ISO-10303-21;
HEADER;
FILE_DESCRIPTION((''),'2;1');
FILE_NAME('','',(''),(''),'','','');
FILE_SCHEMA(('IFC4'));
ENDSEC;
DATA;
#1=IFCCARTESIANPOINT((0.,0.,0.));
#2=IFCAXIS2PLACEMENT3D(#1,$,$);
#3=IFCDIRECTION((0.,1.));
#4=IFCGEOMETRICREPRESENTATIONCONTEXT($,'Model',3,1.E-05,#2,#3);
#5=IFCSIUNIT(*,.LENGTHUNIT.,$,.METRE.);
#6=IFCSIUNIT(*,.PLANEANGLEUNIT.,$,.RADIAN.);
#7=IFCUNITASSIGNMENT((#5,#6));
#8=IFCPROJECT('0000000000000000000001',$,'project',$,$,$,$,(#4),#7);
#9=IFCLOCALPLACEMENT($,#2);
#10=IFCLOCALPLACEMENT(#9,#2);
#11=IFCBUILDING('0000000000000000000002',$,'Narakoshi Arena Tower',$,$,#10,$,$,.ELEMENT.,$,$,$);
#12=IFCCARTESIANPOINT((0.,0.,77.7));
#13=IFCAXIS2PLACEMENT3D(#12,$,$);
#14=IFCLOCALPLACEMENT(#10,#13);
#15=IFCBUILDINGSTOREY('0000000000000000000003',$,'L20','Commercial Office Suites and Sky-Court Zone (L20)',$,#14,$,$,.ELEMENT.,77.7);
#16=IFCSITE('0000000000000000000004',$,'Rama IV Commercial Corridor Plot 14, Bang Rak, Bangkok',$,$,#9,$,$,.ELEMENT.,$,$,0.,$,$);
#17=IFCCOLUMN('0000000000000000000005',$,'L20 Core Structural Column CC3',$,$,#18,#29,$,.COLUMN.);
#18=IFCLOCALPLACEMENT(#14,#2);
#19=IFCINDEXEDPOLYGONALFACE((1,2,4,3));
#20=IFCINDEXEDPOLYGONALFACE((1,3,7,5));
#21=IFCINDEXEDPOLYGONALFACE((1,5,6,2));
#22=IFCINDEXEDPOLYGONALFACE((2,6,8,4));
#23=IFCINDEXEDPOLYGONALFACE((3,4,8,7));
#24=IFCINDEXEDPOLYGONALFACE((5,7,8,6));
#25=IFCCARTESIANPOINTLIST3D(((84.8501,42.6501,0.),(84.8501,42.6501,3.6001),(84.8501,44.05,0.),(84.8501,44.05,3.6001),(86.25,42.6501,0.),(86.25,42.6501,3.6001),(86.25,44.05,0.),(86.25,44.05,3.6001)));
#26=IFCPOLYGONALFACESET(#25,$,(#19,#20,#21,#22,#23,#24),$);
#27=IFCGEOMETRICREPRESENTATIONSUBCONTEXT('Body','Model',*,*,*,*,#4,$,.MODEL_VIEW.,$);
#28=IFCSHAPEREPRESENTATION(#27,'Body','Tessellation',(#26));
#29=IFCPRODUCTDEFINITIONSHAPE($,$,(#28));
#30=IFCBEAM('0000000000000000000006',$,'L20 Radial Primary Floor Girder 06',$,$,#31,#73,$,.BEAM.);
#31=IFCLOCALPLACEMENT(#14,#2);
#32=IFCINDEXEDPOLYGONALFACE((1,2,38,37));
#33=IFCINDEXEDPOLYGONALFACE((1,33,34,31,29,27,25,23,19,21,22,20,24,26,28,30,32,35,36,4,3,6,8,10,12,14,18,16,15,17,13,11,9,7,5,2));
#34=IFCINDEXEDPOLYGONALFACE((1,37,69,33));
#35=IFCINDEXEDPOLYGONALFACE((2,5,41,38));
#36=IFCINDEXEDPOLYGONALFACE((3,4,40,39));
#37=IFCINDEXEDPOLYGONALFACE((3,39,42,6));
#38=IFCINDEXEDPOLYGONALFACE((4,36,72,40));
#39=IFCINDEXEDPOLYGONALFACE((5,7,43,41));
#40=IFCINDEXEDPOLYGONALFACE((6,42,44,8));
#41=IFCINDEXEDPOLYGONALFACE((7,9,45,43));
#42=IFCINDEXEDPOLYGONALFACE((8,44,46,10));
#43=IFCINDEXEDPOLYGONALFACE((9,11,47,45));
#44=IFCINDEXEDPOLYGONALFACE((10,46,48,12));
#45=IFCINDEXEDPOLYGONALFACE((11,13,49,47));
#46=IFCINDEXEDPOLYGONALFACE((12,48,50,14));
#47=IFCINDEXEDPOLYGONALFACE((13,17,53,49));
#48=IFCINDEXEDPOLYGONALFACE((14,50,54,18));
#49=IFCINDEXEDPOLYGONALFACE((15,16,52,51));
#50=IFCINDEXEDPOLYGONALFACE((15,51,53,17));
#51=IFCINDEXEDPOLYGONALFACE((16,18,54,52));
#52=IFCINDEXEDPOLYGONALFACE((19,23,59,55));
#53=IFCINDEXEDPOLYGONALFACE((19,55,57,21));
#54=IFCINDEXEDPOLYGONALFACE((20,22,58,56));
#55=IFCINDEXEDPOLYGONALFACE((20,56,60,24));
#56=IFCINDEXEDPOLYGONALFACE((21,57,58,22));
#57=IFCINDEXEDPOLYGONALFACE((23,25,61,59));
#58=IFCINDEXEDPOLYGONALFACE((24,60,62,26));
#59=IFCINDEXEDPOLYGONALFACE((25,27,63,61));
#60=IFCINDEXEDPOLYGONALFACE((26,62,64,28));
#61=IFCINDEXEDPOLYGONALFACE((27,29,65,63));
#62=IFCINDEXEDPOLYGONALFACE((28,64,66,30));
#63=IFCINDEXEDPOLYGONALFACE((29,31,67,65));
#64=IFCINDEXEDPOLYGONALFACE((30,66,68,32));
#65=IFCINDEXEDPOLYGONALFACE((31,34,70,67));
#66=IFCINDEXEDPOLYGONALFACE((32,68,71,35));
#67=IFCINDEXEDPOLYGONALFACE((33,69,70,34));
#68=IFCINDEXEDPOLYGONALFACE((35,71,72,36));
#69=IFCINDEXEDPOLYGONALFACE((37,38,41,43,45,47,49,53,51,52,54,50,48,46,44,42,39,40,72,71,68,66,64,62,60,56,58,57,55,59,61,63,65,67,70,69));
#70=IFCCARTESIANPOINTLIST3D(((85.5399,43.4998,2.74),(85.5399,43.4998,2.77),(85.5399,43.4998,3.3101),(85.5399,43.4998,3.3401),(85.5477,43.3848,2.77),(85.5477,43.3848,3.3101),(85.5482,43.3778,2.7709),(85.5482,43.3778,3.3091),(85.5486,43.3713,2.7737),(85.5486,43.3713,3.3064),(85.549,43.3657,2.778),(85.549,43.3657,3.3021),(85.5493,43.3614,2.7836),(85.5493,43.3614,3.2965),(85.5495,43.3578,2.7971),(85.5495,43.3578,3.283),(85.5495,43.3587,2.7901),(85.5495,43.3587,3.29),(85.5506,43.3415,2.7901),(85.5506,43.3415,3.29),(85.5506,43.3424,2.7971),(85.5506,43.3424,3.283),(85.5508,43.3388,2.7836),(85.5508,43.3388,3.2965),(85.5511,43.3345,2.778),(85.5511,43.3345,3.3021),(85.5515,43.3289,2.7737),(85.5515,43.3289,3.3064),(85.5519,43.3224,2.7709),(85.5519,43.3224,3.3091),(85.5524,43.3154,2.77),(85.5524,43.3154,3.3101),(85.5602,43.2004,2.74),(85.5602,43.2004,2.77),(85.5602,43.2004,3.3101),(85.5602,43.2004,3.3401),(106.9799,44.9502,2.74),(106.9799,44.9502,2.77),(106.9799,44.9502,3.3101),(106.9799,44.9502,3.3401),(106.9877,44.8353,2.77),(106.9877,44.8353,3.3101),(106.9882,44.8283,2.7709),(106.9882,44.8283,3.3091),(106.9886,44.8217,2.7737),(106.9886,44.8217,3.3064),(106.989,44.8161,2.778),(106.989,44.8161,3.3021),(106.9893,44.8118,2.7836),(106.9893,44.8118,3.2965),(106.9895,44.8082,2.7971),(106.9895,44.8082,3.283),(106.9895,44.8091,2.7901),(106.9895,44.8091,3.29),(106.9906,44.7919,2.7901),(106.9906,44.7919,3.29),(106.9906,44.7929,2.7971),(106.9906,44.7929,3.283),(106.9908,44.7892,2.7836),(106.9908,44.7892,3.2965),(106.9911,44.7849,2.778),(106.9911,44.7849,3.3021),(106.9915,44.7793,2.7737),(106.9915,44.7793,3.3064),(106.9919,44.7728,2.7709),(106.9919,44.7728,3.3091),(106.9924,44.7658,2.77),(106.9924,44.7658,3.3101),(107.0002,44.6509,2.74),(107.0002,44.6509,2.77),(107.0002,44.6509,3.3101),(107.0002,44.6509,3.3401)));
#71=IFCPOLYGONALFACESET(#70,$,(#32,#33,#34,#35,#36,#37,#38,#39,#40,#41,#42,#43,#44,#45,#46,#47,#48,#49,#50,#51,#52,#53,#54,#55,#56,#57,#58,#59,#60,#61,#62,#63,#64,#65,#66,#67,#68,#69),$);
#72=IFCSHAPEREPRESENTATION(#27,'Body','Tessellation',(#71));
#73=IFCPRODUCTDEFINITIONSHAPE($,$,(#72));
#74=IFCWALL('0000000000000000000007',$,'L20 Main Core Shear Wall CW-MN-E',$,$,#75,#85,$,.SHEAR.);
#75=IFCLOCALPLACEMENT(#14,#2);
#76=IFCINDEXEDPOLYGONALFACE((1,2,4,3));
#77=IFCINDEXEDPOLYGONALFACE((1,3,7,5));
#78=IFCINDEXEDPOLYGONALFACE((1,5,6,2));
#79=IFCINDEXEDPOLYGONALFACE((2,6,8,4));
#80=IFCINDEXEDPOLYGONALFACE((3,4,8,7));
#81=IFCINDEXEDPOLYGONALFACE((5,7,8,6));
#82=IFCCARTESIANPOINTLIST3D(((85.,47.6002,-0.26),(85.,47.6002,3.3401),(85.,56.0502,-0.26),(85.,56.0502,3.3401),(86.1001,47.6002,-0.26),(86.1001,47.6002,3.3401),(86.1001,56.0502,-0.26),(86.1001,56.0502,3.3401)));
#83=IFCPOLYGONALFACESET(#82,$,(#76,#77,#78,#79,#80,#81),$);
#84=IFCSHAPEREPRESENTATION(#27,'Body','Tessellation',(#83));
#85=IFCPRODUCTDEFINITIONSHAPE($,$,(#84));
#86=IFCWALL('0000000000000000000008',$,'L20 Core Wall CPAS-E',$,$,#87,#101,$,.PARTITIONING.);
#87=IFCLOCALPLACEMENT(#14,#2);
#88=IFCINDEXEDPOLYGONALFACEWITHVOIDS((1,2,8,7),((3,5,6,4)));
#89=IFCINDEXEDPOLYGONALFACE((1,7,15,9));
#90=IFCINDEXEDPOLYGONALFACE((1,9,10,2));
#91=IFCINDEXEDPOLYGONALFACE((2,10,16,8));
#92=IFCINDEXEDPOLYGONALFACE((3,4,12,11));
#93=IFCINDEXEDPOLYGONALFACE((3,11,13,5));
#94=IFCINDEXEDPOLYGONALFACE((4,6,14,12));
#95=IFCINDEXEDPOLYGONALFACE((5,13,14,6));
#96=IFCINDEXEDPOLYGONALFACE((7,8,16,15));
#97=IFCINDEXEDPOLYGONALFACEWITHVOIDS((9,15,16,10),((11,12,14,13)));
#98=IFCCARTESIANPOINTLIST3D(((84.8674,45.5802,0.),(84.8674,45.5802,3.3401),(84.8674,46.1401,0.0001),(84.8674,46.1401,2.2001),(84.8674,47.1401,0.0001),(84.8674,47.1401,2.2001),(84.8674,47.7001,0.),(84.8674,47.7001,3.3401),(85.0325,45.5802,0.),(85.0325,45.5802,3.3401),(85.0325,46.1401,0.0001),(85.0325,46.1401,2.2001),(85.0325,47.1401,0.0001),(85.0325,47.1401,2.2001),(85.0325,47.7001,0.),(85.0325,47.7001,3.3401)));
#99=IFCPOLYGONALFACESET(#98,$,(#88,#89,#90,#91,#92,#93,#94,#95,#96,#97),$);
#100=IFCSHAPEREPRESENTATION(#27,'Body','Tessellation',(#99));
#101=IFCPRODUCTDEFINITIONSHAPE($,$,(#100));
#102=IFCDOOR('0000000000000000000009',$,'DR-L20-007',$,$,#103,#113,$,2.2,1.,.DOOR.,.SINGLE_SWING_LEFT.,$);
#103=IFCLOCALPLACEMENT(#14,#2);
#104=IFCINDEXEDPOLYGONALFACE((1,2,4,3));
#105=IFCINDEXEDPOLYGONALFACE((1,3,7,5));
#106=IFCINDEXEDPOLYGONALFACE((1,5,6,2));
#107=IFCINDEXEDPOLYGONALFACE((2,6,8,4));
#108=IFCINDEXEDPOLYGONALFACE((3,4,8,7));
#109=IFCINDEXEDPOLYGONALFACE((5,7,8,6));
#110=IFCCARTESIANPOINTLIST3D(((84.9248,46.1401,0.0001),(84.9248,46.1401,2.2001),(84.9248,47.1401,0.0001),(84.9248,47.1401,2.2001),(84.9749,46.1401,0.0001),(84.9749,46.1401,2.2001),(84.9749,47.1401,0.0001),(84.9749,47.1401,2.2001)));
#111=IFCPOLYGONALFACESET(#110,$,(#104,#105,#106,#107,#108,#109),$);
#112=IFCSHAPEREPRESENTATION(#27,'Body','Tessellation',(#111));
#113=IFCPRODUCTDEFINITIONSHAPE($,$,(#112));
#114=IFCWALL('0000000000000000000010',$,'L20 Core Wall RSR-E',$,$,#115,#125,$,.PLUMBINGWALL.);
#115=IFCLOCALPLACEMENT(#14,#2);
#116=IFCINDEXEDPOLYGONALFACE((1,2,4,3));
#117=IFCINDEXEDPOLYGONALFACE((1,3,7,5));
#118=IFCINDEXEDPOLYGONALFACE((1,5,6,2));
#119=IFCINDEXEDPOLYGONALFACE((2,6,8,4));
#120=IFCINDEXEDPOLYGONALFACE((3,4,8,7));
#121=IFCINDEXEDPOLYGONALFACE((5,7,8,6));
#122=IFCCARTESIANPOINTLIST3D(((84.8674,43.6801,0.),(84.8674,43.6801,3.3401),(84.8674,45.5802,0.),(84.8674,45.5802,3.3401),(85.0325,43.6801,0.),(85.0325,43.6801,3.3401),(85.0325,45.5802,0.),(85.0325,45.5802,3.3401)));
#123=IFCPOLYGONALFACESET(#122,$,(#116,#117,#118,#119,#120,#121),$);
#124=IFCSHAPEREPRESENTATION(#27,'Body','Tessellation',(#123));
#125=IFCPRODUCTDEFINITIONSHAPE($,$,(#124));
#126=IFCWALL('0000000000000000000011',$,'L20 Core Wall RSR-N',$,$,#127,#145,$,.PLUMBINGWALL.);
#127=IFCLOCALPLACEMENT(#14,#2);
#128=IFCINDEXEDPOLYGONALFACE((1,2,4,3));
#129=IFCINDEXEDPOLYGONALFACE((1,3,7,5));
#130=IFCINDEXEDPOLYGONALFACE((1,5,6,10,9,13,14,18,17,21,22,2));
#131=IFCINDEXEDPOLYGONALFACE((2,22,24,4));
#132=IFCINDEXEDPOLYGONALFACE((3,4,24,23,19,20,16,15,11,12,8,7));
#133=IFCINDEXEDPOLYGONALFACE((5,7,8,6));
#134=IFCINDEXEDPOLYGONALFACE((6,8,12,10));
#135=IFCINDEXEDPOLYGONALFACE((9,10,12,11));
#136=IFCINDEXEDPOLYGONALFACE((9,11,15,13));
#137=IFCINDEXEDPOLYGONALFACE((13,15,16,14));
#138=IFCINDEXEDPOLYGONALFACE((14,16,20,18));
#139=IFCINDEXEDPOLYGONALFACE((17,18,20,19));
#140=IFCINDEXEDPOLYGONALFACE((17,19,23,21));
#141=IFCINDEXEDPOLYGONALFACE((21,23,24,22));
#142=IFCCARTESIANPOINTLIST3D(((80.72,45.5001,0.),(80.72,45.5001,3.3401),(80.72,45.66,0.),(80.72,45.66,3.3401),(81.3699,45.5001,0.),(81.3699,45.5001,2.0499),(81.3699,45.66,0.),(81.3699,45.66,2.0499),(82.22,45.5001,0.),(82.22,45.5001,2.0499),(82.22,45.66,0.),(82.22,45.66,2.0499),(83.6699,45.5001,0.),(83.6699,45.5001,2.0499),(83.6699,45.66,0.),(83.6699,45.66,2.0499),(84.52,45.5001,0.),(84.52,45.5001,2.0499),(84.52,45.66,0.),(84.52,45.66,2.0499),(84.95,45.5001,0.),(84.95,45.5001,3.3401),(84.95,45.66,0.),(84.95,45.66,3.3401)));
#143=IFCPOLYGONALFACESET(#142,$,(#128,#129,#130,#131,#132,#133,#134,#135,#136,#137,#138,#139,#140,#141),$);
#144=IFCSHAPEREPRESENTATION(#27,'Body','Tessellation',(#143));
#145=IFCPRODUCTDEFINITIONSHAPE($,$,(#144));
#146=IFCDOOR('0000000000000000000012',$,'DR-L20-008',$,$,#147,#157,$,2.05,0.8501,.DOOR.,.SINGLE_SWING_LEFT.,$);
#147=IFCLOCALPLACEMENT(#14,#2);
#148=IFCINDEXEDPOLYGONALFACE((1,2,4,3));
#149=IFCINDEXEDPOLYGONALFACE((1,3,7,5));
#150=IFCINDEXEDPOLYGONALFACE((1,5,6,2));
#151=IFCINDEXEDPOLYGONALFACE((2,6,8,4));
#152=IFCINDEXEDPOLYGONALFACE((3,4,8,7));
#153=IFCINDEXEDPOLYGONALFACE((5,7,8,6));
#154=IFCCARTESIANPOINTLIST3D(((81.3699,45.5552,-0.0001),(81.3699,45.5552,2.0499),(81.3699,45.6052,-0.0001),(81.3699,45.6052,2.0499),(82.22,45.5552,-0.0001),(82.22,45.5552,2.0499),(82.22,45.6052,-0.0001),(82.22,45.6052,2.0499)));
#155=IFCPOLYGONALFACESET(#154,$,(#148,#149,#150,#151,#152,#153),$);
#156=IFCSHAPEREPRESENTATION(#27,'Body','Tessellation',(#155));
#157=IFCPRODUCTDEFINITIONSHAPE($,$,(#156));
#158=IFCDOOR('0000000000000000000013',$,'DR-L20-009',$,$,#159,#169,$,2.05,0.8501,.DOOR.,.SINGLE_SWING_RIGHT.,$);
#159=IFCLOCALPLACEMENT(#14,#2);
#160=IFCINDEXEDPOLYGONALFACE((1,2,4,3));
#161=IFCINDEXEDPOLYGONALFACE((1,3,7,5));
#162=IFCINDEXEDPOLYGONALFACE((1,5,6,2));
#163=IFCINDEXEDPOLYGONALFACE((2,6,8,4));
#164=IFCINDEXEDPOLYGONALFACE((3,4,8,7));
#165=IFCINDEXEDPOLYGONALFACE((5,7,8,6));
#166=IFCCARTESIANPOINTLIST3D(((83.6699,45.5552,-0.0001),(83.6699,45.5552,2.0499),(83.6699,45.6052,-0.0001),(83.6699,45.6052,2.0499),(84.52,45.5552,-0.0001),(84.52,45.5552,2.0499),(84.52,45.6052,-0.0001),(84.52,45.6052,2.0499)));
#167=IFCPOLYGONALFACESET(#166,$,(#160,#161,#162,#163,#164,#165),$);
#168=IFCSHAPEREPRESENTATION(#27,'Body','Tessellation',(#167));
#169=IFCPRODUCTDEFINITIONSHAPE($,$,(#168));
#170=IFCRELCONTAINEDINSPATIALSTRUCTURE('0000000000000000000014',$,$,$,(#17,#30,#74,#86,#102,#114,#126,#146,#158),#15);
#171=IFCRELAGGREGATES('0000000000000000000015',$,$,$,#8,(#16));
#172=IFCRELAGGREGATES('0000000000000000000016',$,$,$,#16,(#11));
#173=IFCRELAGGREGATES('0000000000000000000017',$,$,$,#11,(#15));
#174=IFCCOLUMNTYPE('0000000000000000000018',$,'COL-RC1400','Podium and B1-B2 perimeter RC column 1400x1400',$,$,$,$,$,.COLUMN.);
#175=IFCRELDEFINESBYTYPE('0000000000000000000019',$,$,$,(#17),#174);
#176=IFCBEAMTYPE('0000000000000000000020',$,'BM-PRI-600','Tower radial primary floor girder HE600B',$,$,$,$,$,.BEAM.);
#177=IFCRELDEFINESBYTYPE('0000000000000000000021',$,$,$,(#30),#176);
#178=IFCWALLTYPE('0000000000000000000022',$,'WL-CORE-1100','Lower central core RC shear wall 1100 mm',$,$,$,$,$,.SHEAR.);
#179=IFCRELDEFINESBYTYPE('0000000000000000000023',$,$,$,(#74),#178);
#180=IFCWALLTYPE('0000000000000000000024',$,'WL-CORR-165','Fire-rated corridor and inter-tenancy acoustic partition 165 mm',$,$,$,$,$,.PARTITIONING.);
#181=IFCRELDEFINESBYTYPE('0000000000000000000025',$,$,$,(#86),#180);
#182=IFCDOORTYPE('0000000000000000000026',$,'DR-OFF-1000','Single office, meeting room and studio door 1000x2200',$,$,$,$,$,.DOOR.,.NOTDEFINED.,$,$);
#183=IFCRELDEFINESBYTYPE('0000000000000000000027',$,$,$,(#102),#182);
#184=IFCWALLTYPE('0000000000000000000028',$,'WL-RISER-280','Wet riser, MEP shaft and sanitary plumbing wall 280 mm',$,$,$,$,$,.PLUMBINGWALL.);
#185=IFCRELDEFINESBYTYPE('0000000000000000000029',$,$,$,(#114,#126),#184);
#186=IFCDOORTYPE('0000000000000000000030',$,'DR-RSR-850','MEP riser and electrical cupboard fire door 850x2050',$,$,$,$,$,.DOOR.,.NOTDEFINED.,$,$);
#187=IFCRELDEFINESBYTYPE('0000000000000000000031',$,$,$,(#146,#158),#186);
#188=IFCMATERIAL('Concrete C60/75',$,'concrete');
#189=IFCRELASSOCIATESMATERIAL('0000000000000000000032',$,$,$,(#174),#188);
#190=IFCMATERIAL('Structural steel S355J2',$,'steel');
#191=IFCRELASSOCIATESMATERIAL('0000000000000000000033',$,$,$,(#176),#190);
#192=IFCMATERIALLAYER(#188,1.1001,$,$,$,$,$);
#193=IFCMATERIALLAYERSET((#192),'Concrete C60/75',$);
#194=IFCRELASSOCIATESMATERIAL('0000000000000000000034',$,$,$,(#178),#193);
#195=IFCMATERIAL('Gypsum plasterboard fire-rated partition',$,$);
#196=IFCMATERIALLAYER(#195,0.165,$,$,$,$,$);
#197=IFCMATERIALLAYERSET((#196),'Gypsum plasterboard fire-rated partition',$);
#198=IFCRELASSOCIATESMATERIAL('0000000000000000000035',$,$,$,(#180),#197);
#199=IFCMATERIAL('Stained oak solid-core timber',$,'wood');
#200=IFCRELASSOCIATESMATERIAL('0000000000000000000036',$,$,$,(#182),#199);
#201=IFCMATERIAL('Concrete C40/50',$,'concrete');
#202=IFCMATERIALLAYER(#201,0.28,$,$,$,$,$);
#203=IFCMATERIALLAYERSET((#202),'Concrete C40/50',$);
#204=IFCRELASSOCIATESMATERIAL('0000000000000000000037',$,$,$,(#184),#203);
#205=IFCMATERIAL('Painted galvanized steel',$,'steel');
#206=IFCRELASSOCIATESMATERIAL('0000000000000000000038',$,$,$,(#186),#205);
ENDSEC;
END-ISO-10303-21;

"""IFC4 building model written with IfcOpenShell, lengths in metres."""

from ifc_helpers import new_model, si_unit, direction, frame, frame_2d, origin, origin_2d, place, context, subcontext, project, spatial, rectangle, i_section, extrude, material, layer, layer_set, material_profile, profile_set, type_object, element, fill, save


model = new_model("IFC4")

# Units and contexts
model_context = context("Model", 3, precision=1e-05, world=origin(), true_north=direction((0.0, 1.0)))
body_context = subcontext(model_context, "Body", "Model", "MODEL_VIEW")
ifc_project = project(units=[si_unit("LENGTHUNIT", "METRE"), si_unit("PLANEANGLEUNIT", "RADIAN")], contexts=[model_context])

# Site, building, storey
site_placement = place(None, origin())
site = spatial("IfcSite", under=ifc_project, at=site_placement, Name="Rama IV Commercial Corridor Plot 14, Bang Rak, Bangkok", CompositionType="ELEMENT", RefElevation=0.0)
building_placement = place(site_placement, origin())
building = spatial("IfcBuilding", under=site, at=building_placement, Name="Narakoshi Arena Tower", CompositionType="ELEMENT")
storey_placement = place(building_placement, frame((0.0, 0.0, 77.7)))
storey = spatial("IfcBuildingStorey", under=building, at=storey_placement, Name="L20", Description="Commercial Office Suites and Sky-Court Zone (L20)", CompositionType="ELEMENT", Elevation=77.7)

# Column
ifc_material_1 = material(Name="Concrete C60/75", Category="concrete")
ifc_material_profile_1 = material_profile(ifc_material_1, rectangle(XDim=1.3999, YDim=1.3999, at=origin_2d()), Name="RC1400x1400")
ifc_profile_set_1 = profile_set([ifc_material_profile_1], Name="Concrete C60/75")
column_type = type_object("IfcColumnType", Name="COL-RC1400", Description="Podium and B1-B2 perimeter RC column 1400x1400", PredefinedType="COLUMN", material=ifc_profile_set_1)
column_placement = place(storey_placement, frame((85.55, 43.3501, 0.0), z_axis=(0.0, 0.0, 1.0), x_axis=(1.0, 0.0, 0.0)))
element("IfcColumn", 1, at=column_placement, inside=storey, type_object=column_type, Name="L20 Core Structural Column CC3", PredefinedType="COLUMN", context=body_context, shape_type="SweptSolid", body=[
    extrude(rectangle(XDim=1.3999, YDim=1.3999, at=origin_2d()), origin(), (0.0, 0.0, 1.0), 3.6001),
])

# Beam
ifc_material_2 = material(Name="Structural steel S355J2", Category="steel")
ifc_material_profile_2 = material_profile(ifc_material_2, i_section(OverallWidth=0.3, OverallDepth=0.6001, WebThickness=0.0154, FlangeThickness=0.03, FilletRadius=0.0271, at=origin_2d()), Name="HE600B")
ifc_profile_set_2 = profile_set([ifc_material_profile_2], Name="Structural steel S355J2")
beam_type = type_object("IfcBeamType", Name="BM-PRI-600", Description="Tower radial primary floor girder HE600B", PredefinedType="BEAM", material=ifc_profile_set_2)
beam_placement = place(storey_placement, frame((85.55, 43.3501, 3.04), z_axis=(0.997719, 0.067497, 0.0), x_axis=(-0.067497, 0.997719, 0.0)))
element("IfcBeam", 2, at=beam_placement, inside=storey, type_object=beam_type, Name="L20 Radial Primary Floor Girder 06", PredefinedType="BEAM", context=body_context, shape_type="SweptSolid", body=[
    extrude(i_section(OverallWidth=0.3, OverallDepth=0.6001, WebThickness=0.0154, FlangeThickness=0.03, FilletRadius=0.0271, at=origin_2d()), origin(), (0.0, 0.0, 1.0), 21.489),
])

# Wall
ifc_layer_1 = layer(ifc_material_1, 1.1001)
ifc_layer_set_1 = layer_set([ifc_layer_1], Name="Concrete C60/75")
wall_type_1 = type_object("IfcWallType", Name="WL-CORE-1100", Description="Lower central core RC shear wall 1100 mm", PredefinedType="SHEAR", material=ifc_layer_set_1)
wall_1_placement = place(storey_placement, frame((85.55, 47.6001, -0.26), z_axis=(0.0, 0.0, 1.0), x_axis=(0.0, 1.0, 0.0)))
element("IfcWall", 3, at=wall_1_placement, inside=storey, type_object=wall_type_1, Name="L20 Main Core Shear Wall CW-MN-E", PredefinedType="SHEAR", context=body_context, shape_type="SweptSolid", body=[
    extrude(rectangle(XDim=8.45, YDim=1.1001, at=frame_2d((4.2251, 0.0))), origin(), (0.0, 0.0, 1.0), 3.6001),
])

# Wall, opening, door
ifc_material_3 = material(Name="Gypsum plasterboard fire-rated partition")
ifc_layer_2 = layer(ifc_material_3, 0.165)
ifc_layer_set_2 = layer_set([ifc_layer_2], Name="Gypsum plasterboard fire-rated partition")
wall_type_2 = type_object("IfcWallType", Name="WL-CORR-165", Description="Fire-rated corridor and inter-tenancy acoustic partition 165 mm", PredefinedType="PARTITIONING", material=ifc_layer_set_2)
wall_2_placement = place(storey_placement, frame((84.95, 45.5801, 0.0), z_axis=(0.0, 0.0, 1.0), x_axis=(0.0, 1.0, 0.0)))
wall_2 = element("IfcWall", 4, at=wall_2_placement, inside=storey, type_object=wall_type_2, Name="L20 Core Wall CPAS-E", PredefinedType="PARTITIONING", context=body_context, shape_type="SweptSolid", body=[
    extrude(rectangle(XDim=2.1199, YDim=0.165, at=frame_2d((1.0601, 0.0))), origin(), (0.0, 0.0, 1.0), 3.3401),
])
opening_1_placement = place(wall_2_placement, frame((0.5601, 0.0, 0.0)))
opening_1 = element("IfcOpeningElement", 5, at=opening_1_placement, cuts=wall_2, PredefinedType="OPENING", context=body_context, shape_type="SweptSolid", body=[
    extrude(rectangle(XDim=1.0, YDim=2.2, at=frame_2d((0.5, 1.1001))), frame((0.0, 0.0925, 0.0), z_axis=(0.0, -1.0, 0.0), x_axis=(1.0, 0.0, 0.0)), (0.0, 0.0, 1.0), 0.1851),
])
ifc_material_4 = material(Name="Stained oak solid-core timber", Category="wood")
door_type_1 = type_object("IfcDoorType", Name="DR-OFF-1000", Description="Single office, meeting room and studio door 1000x2200", OperationType="NOTDEFINED", PredefinedType="DOOR", material=ifc_material_4)
door_1_placement = place(opening_1_placement, frame((1.0, 0.0, 0.0), z_axis=(0.0, 0.0, 1.0), x_axis=(-1.0, 0.0, 0.0)))
door_1 = element("IfcDoor", 6, at=door_1_placement, inside=storey, type_object=door_type_1, Name="DR-L20-007", OperationType="SINGLE_SWING_LEFT", OverallHeight=2.2, OverallWidth=1.0, PredefinedType="DOOR", context=body_context, shape_type="SweptSolid", body=[
    extrude(rectangle(XDim=1.0, YDim=2.2, at=frame_2d((0.5, 1.1001))), frame((0.0, 0.0249, 0.0), z_axis=(0.0, -1.0, 0.0), x_axis=(1.0, 0.0, 0.0)), (0.0, 0.0, 1.0), 0.05),
])
fill(opening_1, door_1)

# Wall
ifc_material_5 = material(Name="Concrete C40/50", Category="concrete")
ifc_layer_3 = layer(ifc_material_5, 0.28)
ifc_layer_set_3 = layer_set([ifc_layer_3], Name="Concrete C40/50")
wall_type_3 = type_object("IfcWallType", Name="WL-RISER-280", Description="Wet riser, MEP shaft and sanitary plumbing wall 280 mm", PredefinedType="PLUMBINGWALL", material=ifc_layer_set_3)
wall_3_placement = place(storey_placement, frame((84.95, 43.6799, 0.0), z_axis=(0.0, 0.0, 1.0), x_axis=(0.0, 1.0, 0.0)))
element("IfcWall", 7, at=wall_3_placement, inside=storey, type_object=wall_type_3, Name="L20 Core Wall RSR-E", PredefinedType="PLUMBINGWALL", context=body_context, shape_type="SweptSolid", body=[
    extrude(rectangle(XDim=1.9001, YDim=0.165, at=frame_2d((0.9502, 0.0))), origin(), (0.0, 0.0, 1.0), 3.3401),
])

# Wall, openings, doors
wall_4_placement = place(storey_placement, frame((80.72, 45.5801, 0.0), z_axis=(0.0, 0.0, 1.0), x_axis=(1.0, 0.0, 0.0)))
wall_4 = element("IfcWall", 8, at=wall_4_placement, inside=storey, type_object=wall_type_3, Name="L20 Core Wall RSR-N", PredefinedType="PLUMBINGWALL", context=body_context, shape_type="SweptSolid", body=[
    extrude(rectangle(XDim=4.23, YDim=0.1599, at=frame_2d((2.115, 0.0))), origin(), (0.0, 0.0, 1.0), 3.3401),
])
opening_2_placement = place(wall_4_placement, frame((0.6499, 0.0, 0.0)))
opening_2 = element("IfcOpeningElement", 9, at=opening_2_placement, cuts=wall_4, PredefinedType="OPENING", context=body_context, shape_type="SweptSolid", body=[
    extrude(rectangle(XDim=0.8501, YDim=2.05, at=frame_2d((0.425, 1.0249))), frame((0.0, 0.0898, 0.0), z_axis=(0.0, -1.0, 0.0), x_axis=(1.0, 0.0, 0.0)), (0.0, 0.0, 1.0), 0.1799),
])
opening_3_placement = place(wall_4_placement, frame((2.95, 0.0, 0.0)))
opening_3 = element("IfcOpeningElement", 10, at=opening_3_placement, cuts=wall_4, PredefinedType="OPENING", context=body_context, shape_type="SweptSolid", body=[
    extrude(rectangle(XDim=0.8501, YDim=2.05, at=frame_2d((0.425, 1.0249))), frame((0.0, 0.0898, 0.0), z_axis=(0.0, -1.0, 0.0), x_axis=(1.0, 0.0, 0.0)), (0.0, 0.0, 1.0), 0.1799),
])
ifc_material_6 = material(Name="Painted galvanized steel", Category="steel")
door_type_2 = type_object("IfcDoorType", Name="DR-RSR-850", Description="MEP riser and electrical cupboard fire door 850x2050", OperationType="NOTDEFINED", PredefinedType="DOOR", material=ifc_material_6)
door_2_placement = place(opening_2_placement, frame((0.8501, 0.0, 0.0), z_axis=(0.0, 0.0, 1.0), x_axis=(-1.0, 0.0, 0.0)))
door_2 = element("IfcDoor", 11, at=door_2_placement, inside=storey, type_object=door_type_2, Name="DR-L20-008", OperationType="SINGLE_SWING_LEFT", OverallHeight=2.05, OverallWidth=0.8501, PredefinedType="DOOR", context=body_context, shape_type="SweptSolid", body=[
    extrude(rectangle(XDim=0.8501, YDim=2.05, at=frame_2d((0.425, 1.0249))), frame((0.0, 0.0249, 0.0), z_axis=(0.0, -1.0, 0.0), x_axis=(1.0, 0.0, 0.0)), (0.0, 0.0, 1.0), 0.05),
])
fill(opening_2, door_2)
door_3_placement = place(opening_3_placement, frame((0.8501, 0.0, 0.0), z_axis=(0.0, 0.0, 1.0), x_axis=(-1.0, 0.0, 0.0)))
door_3 = element("IfcDoor", 12, at=door_3_placement, inside=storey, type_object=door_type_2, Name="DR-L20-009", OperationType="SINGLE_SWING_RIGHT", OverallHeight=2.05, OverallWidth=0.8501, PredefinedType="DOOR", context=body_context, shape_type="SweptSolid", body=[
    extrude(rectangle(XDim=0.8501, YDim=2.05, at=frame_2d((0.425, 1.0249))), frame((0.0, 0.0249, 0.0), z_axis=(0.0, -1.0, 0.0), x_axis=(1.0, 0.0, 0.0)), (0.0, 0.0, 1.0), 0.05),
])
fill(opening_3, door_3)

save(model, "model.ifc")
